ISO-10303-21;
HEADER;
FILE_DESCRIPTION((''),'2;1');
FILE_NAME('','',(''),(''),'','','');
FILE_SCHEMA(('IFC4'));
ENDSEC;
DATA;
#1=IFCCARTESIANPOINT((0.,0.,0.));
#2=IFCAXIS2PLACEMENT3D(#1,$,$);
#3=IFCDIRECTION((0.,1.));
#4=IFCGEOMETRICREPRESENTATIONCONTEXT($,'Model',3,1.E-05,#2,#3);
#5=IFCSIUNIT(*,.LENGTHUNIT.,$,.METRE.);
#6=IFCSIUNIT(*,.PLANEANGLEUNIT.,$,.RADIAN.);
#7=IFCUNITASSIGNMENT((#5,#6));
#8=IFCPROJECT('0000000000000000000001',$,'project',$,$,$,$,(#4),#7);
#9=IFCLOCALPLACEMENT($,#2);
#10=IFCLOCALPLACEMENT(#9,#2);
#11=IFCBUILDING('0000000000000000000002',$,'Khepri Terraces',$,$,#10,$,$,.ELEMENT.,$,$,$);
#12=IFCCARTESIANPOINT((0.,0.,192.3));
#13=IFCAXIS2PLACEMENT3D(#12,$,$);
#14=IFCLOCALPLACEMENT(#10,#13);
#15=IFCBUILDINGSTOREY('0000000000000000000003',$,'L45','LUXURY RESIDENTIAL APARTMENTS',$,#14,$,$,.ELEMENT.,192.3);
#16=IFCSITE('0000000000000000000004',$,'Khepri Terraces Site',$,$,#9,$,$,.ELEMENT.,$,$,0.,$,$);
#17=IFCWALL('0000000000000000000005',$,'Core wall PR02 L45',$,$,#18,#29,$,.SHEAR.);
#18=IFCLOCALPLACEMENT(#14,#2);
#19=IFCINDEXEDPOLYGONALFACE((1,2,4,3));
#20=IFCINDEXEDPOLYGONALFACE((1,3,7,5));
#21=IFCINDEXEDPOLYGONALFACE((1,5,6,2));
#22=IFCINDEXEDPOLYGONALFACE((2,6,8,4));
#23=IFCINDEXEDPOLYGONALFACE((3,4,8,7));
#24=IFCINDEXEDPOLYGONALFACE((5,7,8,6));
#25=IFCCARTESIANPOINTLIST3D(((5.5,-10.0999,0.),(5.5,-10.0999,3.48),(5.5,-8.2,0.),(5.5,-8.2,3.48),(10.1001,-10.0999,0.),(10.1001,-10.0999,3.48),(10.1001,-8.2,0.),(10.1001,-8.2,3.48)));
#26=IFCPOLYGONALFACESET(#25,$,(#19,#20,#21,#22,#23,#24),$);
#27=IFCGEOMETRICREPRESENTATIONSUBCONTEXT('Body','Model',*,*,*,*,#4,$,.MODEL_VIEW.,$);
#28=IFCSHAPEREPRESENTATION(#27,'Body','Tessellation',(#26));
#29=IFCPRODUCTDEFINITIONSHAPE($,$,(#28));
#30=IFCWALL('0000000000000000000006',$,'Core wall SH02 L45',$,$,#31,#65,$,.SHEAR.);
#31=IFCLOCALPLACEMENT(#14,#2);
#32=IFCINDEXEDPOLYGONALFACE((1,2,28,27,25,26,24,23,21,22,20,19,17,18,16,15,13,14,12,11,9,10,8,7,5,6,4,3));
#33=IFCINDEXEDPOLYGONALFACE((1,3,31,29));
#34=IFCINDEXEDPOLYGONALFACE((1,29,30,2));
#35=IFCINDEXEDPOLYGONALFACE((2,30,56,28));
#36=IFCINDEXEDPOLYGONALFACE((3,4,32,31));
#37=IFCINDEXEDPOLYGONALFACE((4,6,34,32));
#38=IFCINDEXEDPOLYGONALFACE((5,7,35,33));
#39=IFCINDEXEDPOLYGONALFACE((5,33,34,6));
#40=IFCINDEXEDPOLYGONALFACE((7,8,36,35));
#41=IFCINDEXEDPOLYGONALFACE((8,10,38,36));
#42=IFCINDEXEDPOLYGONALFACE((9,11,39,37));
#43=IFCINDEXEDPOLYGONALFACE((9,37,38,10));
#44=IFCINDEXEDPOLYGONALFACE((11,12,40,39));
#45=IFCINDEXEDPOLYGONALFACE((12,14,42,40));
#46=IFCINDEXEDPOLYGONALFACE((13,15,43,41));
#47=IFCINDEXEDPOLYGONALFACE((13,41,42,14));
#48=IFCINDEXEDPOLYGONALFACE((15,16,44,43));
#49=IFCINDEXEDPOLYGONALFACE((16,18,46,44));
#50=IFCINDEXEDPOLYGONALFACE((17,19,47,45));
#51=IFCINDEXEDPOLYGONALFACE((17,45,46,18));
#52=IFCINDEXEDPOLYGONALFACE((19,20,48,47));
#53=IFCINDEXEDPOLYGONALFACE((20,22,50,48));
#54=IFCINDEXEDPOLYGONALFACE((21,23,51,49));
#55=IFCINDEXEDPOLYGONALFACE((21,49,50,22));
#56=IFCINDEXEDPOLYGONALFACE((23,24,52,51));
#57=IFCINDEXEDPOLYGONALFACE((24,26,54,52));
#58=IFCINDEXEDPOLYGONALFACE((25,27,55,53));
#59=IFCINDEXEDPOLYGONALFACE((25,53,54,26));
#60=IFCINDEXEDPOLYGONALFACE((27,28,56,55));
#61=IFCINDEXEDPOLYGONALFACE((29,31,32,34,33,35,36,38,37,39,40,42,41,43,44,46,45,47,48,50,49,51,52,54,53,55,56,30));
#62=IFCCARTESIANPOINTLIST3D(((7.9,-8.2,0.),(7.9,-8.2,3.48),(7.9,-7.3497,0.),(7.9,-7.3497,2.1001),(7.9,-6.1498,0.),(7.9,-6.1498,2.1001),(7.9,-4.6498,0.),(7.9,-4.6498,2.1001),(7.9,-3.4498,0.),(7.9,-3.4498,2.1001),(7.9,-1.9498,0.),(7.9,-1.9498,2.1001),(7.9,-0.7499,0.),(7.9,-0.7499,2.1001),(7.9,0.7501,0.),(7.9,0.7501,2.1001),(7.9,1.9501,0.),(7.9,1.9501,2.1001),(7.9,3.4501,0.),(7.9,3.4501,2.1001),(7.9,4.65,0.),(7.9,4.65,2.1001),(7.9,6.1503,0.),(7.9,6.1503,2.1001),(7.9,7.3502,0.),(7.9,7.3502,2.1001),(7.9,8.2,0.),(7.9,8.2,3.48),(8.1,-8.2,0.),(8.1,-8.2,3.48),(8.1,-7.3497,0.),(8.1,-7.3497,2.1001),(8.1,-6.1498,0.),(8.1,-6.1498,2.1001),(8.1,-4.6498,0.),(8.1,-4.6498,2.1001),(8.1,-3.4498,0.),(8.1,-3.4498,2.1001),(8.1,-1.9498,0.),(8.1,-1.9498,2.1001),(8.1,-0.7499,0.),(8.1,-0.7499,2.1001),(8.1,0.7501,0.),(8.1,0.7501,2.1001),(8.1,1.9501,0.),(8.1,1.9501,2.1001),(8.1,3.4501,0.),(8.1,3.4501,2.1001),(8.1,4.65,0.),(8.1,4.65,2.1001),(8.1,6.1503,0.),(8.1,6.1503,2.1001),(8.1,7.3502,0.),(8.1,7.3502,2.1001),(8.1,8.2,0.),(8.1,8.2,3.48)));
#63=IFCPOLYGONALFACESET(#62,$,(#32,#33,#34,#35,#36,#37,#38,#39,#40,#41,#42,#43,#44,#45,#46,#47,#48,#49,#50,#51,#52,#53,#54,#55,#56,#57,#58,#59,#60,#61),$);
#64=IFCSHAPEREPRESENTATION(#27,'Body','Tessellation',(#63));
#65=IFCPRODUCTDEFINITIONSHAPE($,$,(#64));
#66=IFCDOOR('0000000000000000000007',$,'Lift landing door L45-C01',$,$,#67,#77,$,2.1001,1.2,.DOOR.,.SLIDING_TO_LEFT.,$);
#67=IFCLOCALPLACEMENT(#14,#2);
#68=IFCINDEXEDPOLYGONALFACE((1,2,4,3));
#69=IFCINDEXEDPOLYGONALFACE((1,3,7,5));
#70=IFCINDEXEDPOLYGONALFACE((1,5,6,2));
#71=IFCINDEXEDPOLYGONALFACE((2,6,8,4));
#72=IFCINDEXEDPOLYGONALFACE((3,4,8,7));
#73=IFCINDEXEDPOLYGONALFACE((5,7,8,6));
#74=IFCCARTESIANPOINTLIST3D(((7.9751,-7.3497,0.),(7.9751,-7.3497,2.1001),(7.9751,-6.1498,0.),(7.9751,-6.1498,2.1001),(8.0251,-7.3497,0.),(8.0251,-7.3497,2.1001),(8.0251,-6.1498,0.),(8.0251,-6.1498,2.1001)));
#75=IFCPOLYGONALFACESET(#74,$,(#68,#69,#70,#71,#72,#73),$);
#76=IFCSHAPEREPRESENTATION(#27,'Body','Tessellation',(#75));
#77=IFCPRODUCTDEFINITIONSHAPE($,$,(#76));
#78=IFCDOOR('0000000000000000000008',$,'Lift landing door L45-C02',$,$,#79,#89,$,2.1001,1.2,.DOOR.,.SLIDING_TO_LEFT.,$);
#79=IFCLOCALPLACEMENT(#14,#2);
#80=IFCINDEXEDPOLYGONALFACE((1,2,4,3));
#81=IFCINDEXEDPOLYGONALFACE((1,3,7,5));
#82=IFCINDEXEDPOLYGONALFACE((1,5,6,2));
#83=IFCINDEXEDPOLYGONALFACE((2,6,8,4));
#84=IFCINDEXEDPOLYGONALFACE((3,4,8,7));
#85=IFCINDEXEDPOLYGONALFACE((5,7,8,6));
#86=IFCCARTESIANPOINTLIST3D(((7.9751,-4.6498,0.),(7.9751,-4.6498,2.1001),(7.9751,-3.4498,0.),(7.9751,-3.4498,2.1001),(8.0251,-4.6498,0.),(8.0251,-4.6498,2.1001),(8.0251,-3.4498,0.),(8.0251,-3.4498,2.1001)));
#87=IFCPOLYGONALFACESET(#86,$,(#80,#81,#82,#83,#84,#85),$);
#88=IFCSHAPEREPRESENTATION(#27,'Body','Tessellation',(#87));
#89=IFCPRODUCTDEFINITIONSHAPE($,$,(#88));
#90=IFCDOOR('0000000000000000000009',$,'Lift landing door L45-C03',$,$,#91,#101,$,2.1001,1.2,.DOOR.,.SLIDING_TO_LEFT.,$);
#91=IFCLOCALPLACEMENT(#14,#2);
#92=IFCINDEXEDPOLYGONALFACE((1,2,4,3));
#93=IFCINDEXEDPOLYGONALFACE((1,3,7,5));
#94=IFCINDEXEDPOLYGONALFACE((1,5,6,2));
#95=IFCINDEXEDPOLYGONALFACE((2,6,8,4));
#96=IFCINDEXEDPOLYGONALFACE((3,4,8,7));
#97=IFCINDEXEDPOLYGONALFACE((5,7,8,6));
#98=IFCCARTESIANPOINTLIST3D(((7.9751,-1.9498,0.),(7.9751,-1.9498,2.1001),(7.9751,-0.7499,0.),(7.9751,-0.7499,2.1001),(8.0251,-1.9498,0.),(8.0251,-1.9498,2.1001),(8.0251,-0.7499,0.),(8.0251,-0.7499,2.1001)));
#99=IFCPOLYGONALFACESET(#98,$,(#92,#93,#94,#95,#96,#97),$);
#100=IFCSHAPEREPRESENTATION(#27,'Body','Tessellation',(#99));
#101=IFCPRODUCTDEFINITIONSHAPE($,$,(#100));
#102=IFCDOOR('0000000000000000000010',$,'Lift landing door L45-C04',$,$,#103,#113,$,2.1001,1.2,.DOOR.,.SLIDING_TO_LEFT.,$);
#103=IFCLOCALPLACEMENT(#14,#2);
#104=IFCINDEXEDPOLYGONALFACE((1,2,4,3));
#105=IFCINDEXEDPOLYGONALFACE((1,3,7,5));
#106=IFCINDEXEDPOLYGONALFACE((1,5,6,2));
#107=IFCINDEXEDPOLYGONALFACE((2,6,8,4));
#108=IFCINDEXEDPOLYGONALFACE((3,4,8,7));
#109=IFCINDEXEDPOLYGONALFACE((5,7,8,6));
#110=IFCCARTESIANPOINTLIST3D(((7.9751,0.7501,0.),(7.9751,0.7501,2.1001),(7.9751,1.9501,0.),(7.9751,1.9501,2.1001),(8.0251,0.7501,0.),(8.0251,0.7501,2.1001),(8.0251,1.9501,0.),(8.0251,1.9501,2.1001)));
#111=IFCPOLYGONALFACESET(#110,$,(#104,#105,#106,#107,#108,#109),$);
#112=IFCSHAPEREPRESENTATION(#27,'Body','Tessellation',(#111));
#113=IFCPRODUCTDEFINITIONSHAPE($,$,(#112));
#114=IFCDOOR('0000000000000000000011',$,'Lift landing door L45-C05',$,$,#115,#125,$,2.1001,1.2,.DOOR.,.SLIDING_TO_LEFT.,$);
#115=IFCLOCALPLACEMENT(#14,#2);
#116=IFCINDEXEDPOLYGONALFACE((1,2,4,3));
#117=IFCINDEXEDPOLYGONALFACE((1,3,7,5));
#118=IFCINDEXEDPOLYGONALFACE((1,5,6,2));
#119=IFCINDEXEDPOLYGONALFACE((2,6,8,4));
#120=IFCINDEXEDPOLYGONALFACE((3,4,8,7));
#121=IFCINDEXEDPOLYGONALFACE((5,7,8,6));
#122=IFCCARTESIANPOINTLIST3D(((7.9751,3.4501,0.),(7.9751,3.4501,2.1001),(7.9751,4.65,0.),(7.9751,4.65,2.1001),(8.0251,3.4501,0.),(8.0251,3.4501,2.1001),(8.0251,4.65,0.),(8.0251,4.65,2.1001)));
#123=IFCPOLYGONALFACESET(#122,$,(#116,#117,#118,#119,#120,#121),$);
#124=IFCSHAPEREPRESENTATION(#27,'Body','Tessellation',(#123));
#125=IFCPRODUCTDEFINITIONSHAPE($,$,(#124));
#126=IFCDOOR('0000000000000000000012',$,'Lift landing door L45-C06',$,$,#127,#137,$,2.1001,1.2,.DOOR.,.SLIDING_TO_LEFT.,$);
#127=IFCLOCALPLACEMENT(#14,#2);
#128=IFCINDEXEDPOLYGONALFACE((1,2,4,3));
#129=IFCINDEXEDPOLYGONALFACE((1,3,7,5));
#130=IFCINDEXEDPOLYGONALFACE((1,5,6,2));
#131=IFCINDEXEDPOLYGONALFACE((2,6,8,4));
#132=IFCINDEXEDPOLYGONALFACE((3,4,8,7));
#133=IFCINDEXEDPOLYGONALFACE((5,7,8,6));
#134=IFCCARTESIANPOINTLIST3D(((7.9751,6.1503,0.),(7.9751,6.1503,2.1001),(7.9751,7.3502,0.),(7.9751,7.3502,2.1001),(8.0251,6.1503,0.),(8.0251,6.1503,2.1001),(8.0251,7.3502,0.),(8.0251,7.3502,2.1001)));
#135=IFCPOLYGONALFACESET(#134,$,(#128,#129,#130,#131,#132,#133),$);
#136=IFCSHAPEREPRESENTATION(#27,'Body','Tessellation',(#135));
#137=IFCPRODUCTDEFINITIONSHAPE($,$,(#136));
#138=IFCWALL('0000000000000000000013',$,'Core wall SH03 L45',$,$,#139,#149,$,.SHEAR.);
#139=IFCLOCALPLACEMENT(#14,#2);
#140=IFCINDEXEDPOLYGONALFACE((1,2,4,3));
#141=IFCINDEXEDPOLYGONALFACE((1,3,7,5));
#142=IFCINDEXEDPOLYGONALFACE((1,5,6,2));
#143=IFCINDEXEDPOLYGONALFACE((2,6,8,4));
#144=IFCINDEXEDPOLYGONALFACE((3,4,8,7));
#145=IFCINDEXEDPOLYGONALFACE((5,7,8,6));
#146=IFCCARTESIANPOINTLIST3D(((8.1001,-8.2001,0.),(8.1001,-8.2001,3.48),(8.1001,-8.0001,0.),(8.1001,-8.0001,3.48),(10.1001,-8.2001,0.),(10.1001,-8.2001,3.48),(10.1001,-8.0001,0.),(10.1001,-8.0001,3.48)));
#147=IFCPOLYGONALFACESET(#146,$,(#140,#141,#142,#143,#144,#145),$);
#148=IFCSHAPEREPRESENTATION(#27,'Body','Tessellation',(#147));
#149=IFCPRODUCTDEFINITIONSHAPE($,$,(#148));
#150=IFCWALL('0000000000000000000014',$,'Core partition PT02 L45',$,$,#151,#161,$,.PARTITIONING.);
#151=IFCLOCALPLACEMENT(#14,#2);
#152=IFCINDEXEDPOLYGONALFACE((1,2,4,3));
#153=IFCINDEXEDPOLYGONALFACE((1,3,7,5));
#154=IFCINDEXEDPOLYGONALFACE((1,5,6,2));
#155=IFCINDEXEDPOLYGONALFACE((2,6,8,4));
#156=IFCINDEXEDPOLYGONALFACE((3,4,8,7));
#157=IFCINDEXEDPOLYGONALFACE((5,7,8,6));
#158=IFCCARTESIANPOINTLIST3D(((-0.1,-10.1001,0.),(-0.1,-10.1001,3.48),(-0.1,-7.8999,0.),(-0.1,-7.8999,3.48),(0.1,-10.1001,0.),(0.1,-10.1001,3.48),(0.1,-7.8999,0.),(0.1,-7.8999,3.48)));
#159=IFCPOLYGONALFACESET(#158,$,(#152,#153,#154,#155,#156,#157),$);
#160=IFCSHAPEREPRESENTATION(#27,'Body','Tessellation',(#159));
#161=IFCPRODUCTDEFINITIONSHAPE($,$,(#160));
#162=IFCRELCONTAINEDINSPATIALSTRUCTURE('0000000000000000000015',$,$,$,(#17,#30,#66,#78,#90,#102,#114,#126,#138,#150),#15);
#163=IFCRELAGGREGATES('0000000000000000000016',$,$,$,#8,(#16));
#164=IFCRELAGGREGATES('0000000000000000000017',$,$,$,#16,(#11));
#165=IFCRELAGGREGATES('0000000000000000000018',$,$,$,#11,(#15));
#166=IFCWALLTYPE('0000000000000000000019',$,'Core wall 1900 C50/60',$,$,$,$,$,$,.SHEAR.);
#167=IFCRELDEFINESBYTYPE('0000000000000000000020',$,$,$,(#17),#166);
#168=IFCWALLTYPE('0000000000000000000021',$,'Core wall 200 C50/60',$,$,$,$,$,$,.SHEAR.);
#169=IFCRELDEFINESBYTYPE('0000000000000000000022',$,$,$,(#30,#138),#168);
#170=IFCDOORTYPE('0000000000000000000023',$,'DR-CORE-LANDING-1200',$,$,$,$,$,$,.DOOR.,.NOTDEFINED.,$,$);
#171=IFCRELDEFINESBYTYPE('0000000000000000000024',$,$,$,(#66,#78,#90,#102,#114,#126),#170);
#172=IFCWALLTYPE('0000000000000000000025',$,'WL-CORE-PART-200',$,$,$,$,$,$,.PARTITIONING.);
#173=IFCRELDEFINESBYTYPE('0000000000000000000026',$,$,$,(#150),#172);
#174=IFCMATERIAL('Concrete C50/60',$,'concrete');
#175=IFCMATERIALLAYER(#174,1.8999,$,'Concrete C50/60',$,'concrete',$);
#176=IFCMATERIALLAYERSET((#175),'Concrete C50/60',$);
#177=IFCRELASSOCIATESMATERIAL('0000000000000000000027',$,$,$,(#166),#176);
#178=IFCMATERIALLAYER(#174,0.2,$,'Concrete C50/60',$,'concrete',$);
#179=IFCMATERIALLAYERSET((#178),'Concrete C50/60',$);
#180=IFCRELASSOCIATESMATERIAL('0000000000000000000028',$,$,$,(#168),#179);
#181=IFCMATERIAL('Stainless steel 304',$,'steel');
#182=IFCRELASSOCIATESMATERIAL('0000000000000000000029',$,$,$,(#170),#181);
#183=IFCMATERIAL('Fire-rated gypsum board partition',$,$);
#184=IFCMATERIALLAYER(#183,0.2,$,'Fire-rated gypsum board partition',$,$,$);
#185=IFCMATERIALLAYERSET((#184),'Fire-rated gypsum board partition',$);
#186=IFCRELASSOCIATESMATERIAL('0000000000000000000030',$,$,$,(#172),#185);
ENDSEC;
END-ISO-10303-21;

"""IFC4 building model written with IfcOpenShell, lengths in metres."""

from ifc_helpers import new_model, si_unit, direction, frame, frame_2d, origin, place, context, subcontext, project, spatial, rectangle, extrude, material, layer, layer_set, type_object, element, fill, save


model = new_model("IFC4")

# Units and contexts
model_context = context("Model", 3, precision=1e-05, world=origin(), true_north=direction((0.0, 1.0)))
body_context = subcontext(model_context, "Body", "Model", "MODEL_VIEW")
ifc_project = project(units=[si_unit("LENGTHUNIT", "METRE"), si_unit("PLANEANGLEUNIT", "RADIAN")], contexts=[model_context])

# Site, building, storey
site_placement = place(None, origin())
site = spatial("IfcSite", under=ifc_project, at=site_placement, Name="Khepri Terraces Site", CompositionType="ELEMENT", RefElevation=0.0)
building_placement = place(site_placement, origin())
building = spatial("IfcBuilding", under=site, at=building_placement, Name="Khepri Terraces", CompositionType="ELEMENT")
storey_placement = place(building_placement, frame((0.0, 0.0, 192.3)))
storey = spatial("IfcBuildingStorey", under=building, at=storey_placement, Name="L45", Description="LUXURY RESIDENTIAL APARTMENTS", CompositionType="ELEMENT", Elevation=192.3)

# Wall
ifc_material_1 = material(Name="Concrete C50/60", Category="concrete")
ifc_layer_1 = layer(ifc_material_1, 1.8999, Name="Concrete C50/60", Category="concrete")
ifc_layer_set_1 = layer_set([ifc_layer_1], Name="Concrete C50/60")
wall_type_1 = type_object("IfcWallType", Name="Core wall 1900 C50/60", PredefinedType="SHEAR", material=ifc_layer_set_1)
wall_1_placement = place(storey_placement, frame((5.5, -9.1499, 0.0), z_axis=(0.0, 0.0, 1.0), x_axis=(1.0, 0.0, 0.0)))
element("IfcWall", 1, at=wall_1_placement, inside=storey, type_object=wall_type_1, Name="Core wall PR02 L45", PredefinedType="SHEAR", context=body_context, shape_type="SweptSolid", body=[
    extrude(rectangle(XDim=4.6001, YDim=1.8999, at=frame_2d((2.3, 0.0))), origin(), (0.0, 0.0, 1.0), 3.48),
])

# Wall, openings, doors
ifc_layer_2 = layer(ifc_material_1, 0.2, Name="Concrete C50/60", Category="concrete")
ifc_layer_set_2 = layer_set([ifc_layer_2], Name="Concrete C50/60")
wall_type_2 = type_object("IfcWallType", Name="Core wall 200 C50/60", PredefinedType="SHEAR", material=ifc_layer_set_2)
wall_2_placement = place(storey_placement, frame((8.0, -8.2, 0.0), z_axis=(0.0, 0.0, 1.0), x_axis=(0.0, 1.0, 0.0)))
wall_2 = element("IfcWall", 2, at=wall_2_placement, inside=storey, type_object=wall_type_2, Name="Core wall SH02 L45", PredefinedType="SHEAR", context=body_context, shape_type="SweptSolid", body=[
    extrude(rectangle(XDim=16.3999, YDim=0.2, at=frame_2d((8.2, 0.0))), origin(), (0.0, 0.0, 1.0), 3.48),
])
opening_1_placement = place(wall_2_placement, frame((0.8501, 0.0, 0.0)))
opening_1 = element("IfcOpeningElement", 3, at=opening_1_placement, cuts=wall_2, PredefinedType="OPENING", context=body_context, shape_type="SweptSolid", body=[
    extrude(rectangle(XDim=1.2, YDim=2.1001, at=frame_2d((0.6001, 1.05))), frame((0.0, 0.1099, 0.0), z_axis=(0.0, -1.0, 0.0), x_axis=(1.0, 0.0, 0.0)), (0.0, 0.0, 1.0), 0.22),
])
opening_2_placement = place(wall_2_placement, frame((3.55, 0.0, 0.0)))
opening_2 = element("IfcOpeningElement", 4, at=opening_2_placement, cuts=wall_2, PredefinedType="OPENING", context=body_context, shape_type="SweptSolid", body=[
    extrude(rectangle(XDim=1.2, YDim=2.1001, at=frame_2d((0.6001, 1.05))), frame((0.0, 0.1099, 0.0), z_axis=(0.0, -1.0, 0.0), x_axis=(1.0, 0.0, 0.0)), (0.0, 0.0, 1.0), 0.22),
])
opening_3_placement = place(wall_2_placement, frame((6.25, 0.0, 0.0)))
opening_3 = element("IfcOpeningElement", 5, at=opening_3_placement, cuts=wall_2, PredefinedType="OPENING", context=body_context, shape_type="SweptSolid", body=[
    extrude(rectangle(XDim=1.2, YDim=2.1001, at=frame_2d((0.6001, 1.05))), frame((0.0, 0.1099, 0.0), z_axis=(0.0, -1.0, 0.0), x_axis=(1.0, 0.0, 0.0)), (0.0, 0.0, 1.0), 0.22),
])
opening_4_placement = place(wall_2_placement, frame((8.95, 0.0, 0.0)))
opening_4 = element("IfcOpeningElement", 6, at=opening_4_placement, cuts=wall_2, PredefinedType="OPENING", context=body_context, shape_type="SweptSolid", body=[
    extrude(rectangle(XDim=1.2, YDim=2.1001, at=frame_2d((0.6001, 1.05))), frame((0.0, 0.1099, 0.0), z_axis=(0.0, -1.0, 0.0), x_axis=(1.0, 0.0, 0.0)), (0.0, 0.0, 1.0), 0.22),
])
opening_5_placement = place(wall_2_placement, frame((11.6499, 0.0, 0.0)))
opening_5 = element("IfcOpeningElement", 7, at=opening_5_placement, cuts=wall_2, PredefinedType="OPENING", context=body_context, shape_type="SweptSolid", body=[
    extrude(rectangle(XDim=1.2, YDim=2.1001, at=frame_2d((0.6001, 1.05))), frame((0.0, 0.1099, 0.0), z_axis=(0.0, -1.0, 0.0), x_axis=(1.0, 0.0, 0.0)), (0.0, 0.0, 1.0), 0.22),
])
opening_6_placement = place(wall_2_placement, frame((14.3501, 0.0, 0.0)))
opening_6 = element("IfcOpeningElement", 8, at=opening_6_placement, cuts=wall_2, PredefinedType="OPENING", context=body_context, shape_type="SweptSolid", body=[
    extrude(rectangle(XDim=1.2, YDim=2.1001, at=frame_2d((0.6001, 1.05))), frame((0.0, 0.1099, 0.0), z_axis=(0.0, -1.0, 0.0), x_axis=(1.0, 0.0, 0.0)), (0.0, 0.0, 1.0), 0.22),
])
ifc_material_2 = material(Name="Stainless steel 304", Category="steel")
door_type_1 = type_object("IfcDoorType", Name="DR-CORE-LANDING-1200", OperationType="NOTDEFINED", PredefinedType="DOOR", material=ifc_material_2)
door_1_placement = place(opening_1_placement, origin())
door_1 = element("IfcDoor", 9, at=door_1_placement, inside=storey, type_object=door_type_1, Name="Lift landing door L45-C01", OperationType="SLIDING_TO_LEFT", OverallHeight=2.1001, OverallWidth=1.2, PredefinedType="DOOR", context=body_context, shape_type="SweptSolid", body=[
    extrude(rectangle(XDim=1.2, YDim=2.1001, at=frame_2d((0.6001, 1.05))), frame((0.0, 0.0249, 0.0), z_axis=(0.0, -1.0, 0.0), x_axis=(1.0, 0.0, 0.0)), (0.0, 0.0, 1.0), 0.05),
])
fill(opening_1, door_1)
door_2_placement = place(opening_2_placement, origin())
door_2 = element("IfcDoor", 10, at=door_2_placement, inside=storey, type_object=door_type_1, Name="Lift landing door L45-C02", OperationType="SLIDING_TO_LEFT", OverallHeight=2.1001, OverallWidth=1.2, PredefinedType="DOOR", context=body_context, shape_type="SweptSolid", body=[
    extrude(rectangle(XDim=1.2, YDim=2.1001, at=frame_2d((0.6001, 1.05))), frame((0.0, 0.0249, 0.0), z_axis=(0.0, -1.0, 0.0), x_axis=(1.0, 0.0, 0.0)), (0.0, 0.0, 1.0), 0.05),
])
fill(opening_2, door_2)
door_3_placement = place(opening_3_placement, origin())
door_3 = element("IfcDoor", 11, at=door_3_placement, inside=storey, type_object=door_type_1, Name="Lift landing door L45-C03", OperationType="SLIDING_TO_LEFT", OverallHeight=2.1001, OverallWidth=1.2, PredefinedType="DOOR", context=body_context, shape_type="SweptSolid", body=[
    extrude(rectangle(XDim=1.2, YDim=2.1001, at=frame_2d((0.6001, 1.05))), frame((0.0, 0.0249, 0.0), z_axis=(0.0, -1.0, 0.0), x_axis=(1.0, 0.0, 0.0)), (0.0, 0.0, 1.0), 0.05),
])
fill(opening_3, door_3)
door_4_placement = place(opening_4_placement, origin())
door_4 = element("IfcDoor", 12, at=door_4_placement, inside=storey, type_object=door_type_1, Name="Lift landing door L45-C04", OperationType="SLIDING_TO_LEFT", OverallHeight=2.1001, OverallWidth=1.2, PredefinedType="DOOR", context=body_context, shape_type="SweptSolid", body=[
    extrude(rectangle(XDim=1.2, YDim=2.1001, at=frame_2d((0.6001, 1.05))), frame((0.0, 0.0249, 0.0), z_axis=(0.0, -1.0, 0.0), x_axis=(1.0, 0.0, 0.0)), (0.0, 0.0, 1.0), 0.05),
])
fill(opening_4, door_4)
door_5_placement = place(opening_5_placement, origin())
door_5 = element("IfcDoor", 13, at=door_5_placement, inside=storey, type_object=door_type_1, Name="Lift landing door L45-C05", OperationType="SLIDING_TO_LEFT", OverallHeight=2.1001, OverallWidth=1.2, PredefinedType="DOOR", context=body_context, shape_type="SweptSolid", body=[
    extrude(rectangle(XDim=1.2, YDim=2.1001, at=frame_2d((0.6001, 1.05))), frame((0.0, 0.0249, 0.0), z_axis=(0.0, -1.0, 0.0), x_axis=(1.0, 0.0, 0.0)), (0.0, 0.0, 1.0), 0.05),
])
fill(opening_5, door_5)
door_6_placement = place(opening_6_placement, origin())
door_6 = element("IfcDoor", 14, at=door_6_placement, inside=storey, type_object=door_type_1, Name="Lift landing door L45-C06", OperationType="SLIDING_TO_LEFT", OverallHeight=2.1001, OverallWidth=1.2, PredefinedType="DOOR", context=body_context, shape_type="SweptSolid", body=[
    extrude(rectangle(XDim=1.2, YDim=2.1001, at=frame_2d((0.6001, 1.05))), frame((0.0, 0.0249, 0.0), z_axis=(0.0, -1.0, 0.0), x_axis=(1.0, 0.0, 0.0)), (0.0, 0.0, 1.0), 0.05),
])
fill(opening_6, door_6)

# Walls
wall_3_placement = place(storey_placement, frame((8.1001, -8.1001, 0.0), z_axis=(0.0, 0.0, 1.0), x_axis=(1.0, 0.0, 0.0)))
element("IfcWall", 15, at=wall_3_placement, inside=storey, type_object=wall_type_2, Name="Core wall SH03 L45", PredefinedType="SHEAR", context=body_context, shape_type="SweptSolid", body=[
    extrude(rectangle(XDim=2.0, YDim=0.2, at=frame_2d((1.0, 0.0))), origin(), (0.0, 0.0, 1.0), 3.48),
])
ifc_material_3 = material(Name="Fire-rated gypsum board partition")
ifc_layer_3 = layer(ifc_material_3, 0.2, Name="Fire-rated gypsum board partition")
ifc_layer_set_3 = layer_set([ifc_layer_3], Name="Fire-rated gypsum board partition")
wall_type_3 = type_object("IfcWallType", Name="WL-CORE-PART-200", PredefinedType="PARTITIONING", material=ifc_layer_set_3)
wall_4_placement = place(storey_placement, frame((0.0, -10.1001, 0.0), z_axis=(0.0, 0.0, 1.0), x_axis=(0.0, 1.0, 0.0)))
element("IfcWall", 16, at=wall_4_placement, inside=storey, type_object=wall_type_3, Name="Core partition PT02 L45", PredefinedType="PARTITIONING", context=body_context, shape_type="SweptSolid", body=[
    extrude(rectangle(XDim=2.2002, YDim=0.2, at=frame_2d((1.1001, 0.0))), origin(), (0.0, 0.0, 1.0), 3.48),
])

save(model, "model.ifc")
